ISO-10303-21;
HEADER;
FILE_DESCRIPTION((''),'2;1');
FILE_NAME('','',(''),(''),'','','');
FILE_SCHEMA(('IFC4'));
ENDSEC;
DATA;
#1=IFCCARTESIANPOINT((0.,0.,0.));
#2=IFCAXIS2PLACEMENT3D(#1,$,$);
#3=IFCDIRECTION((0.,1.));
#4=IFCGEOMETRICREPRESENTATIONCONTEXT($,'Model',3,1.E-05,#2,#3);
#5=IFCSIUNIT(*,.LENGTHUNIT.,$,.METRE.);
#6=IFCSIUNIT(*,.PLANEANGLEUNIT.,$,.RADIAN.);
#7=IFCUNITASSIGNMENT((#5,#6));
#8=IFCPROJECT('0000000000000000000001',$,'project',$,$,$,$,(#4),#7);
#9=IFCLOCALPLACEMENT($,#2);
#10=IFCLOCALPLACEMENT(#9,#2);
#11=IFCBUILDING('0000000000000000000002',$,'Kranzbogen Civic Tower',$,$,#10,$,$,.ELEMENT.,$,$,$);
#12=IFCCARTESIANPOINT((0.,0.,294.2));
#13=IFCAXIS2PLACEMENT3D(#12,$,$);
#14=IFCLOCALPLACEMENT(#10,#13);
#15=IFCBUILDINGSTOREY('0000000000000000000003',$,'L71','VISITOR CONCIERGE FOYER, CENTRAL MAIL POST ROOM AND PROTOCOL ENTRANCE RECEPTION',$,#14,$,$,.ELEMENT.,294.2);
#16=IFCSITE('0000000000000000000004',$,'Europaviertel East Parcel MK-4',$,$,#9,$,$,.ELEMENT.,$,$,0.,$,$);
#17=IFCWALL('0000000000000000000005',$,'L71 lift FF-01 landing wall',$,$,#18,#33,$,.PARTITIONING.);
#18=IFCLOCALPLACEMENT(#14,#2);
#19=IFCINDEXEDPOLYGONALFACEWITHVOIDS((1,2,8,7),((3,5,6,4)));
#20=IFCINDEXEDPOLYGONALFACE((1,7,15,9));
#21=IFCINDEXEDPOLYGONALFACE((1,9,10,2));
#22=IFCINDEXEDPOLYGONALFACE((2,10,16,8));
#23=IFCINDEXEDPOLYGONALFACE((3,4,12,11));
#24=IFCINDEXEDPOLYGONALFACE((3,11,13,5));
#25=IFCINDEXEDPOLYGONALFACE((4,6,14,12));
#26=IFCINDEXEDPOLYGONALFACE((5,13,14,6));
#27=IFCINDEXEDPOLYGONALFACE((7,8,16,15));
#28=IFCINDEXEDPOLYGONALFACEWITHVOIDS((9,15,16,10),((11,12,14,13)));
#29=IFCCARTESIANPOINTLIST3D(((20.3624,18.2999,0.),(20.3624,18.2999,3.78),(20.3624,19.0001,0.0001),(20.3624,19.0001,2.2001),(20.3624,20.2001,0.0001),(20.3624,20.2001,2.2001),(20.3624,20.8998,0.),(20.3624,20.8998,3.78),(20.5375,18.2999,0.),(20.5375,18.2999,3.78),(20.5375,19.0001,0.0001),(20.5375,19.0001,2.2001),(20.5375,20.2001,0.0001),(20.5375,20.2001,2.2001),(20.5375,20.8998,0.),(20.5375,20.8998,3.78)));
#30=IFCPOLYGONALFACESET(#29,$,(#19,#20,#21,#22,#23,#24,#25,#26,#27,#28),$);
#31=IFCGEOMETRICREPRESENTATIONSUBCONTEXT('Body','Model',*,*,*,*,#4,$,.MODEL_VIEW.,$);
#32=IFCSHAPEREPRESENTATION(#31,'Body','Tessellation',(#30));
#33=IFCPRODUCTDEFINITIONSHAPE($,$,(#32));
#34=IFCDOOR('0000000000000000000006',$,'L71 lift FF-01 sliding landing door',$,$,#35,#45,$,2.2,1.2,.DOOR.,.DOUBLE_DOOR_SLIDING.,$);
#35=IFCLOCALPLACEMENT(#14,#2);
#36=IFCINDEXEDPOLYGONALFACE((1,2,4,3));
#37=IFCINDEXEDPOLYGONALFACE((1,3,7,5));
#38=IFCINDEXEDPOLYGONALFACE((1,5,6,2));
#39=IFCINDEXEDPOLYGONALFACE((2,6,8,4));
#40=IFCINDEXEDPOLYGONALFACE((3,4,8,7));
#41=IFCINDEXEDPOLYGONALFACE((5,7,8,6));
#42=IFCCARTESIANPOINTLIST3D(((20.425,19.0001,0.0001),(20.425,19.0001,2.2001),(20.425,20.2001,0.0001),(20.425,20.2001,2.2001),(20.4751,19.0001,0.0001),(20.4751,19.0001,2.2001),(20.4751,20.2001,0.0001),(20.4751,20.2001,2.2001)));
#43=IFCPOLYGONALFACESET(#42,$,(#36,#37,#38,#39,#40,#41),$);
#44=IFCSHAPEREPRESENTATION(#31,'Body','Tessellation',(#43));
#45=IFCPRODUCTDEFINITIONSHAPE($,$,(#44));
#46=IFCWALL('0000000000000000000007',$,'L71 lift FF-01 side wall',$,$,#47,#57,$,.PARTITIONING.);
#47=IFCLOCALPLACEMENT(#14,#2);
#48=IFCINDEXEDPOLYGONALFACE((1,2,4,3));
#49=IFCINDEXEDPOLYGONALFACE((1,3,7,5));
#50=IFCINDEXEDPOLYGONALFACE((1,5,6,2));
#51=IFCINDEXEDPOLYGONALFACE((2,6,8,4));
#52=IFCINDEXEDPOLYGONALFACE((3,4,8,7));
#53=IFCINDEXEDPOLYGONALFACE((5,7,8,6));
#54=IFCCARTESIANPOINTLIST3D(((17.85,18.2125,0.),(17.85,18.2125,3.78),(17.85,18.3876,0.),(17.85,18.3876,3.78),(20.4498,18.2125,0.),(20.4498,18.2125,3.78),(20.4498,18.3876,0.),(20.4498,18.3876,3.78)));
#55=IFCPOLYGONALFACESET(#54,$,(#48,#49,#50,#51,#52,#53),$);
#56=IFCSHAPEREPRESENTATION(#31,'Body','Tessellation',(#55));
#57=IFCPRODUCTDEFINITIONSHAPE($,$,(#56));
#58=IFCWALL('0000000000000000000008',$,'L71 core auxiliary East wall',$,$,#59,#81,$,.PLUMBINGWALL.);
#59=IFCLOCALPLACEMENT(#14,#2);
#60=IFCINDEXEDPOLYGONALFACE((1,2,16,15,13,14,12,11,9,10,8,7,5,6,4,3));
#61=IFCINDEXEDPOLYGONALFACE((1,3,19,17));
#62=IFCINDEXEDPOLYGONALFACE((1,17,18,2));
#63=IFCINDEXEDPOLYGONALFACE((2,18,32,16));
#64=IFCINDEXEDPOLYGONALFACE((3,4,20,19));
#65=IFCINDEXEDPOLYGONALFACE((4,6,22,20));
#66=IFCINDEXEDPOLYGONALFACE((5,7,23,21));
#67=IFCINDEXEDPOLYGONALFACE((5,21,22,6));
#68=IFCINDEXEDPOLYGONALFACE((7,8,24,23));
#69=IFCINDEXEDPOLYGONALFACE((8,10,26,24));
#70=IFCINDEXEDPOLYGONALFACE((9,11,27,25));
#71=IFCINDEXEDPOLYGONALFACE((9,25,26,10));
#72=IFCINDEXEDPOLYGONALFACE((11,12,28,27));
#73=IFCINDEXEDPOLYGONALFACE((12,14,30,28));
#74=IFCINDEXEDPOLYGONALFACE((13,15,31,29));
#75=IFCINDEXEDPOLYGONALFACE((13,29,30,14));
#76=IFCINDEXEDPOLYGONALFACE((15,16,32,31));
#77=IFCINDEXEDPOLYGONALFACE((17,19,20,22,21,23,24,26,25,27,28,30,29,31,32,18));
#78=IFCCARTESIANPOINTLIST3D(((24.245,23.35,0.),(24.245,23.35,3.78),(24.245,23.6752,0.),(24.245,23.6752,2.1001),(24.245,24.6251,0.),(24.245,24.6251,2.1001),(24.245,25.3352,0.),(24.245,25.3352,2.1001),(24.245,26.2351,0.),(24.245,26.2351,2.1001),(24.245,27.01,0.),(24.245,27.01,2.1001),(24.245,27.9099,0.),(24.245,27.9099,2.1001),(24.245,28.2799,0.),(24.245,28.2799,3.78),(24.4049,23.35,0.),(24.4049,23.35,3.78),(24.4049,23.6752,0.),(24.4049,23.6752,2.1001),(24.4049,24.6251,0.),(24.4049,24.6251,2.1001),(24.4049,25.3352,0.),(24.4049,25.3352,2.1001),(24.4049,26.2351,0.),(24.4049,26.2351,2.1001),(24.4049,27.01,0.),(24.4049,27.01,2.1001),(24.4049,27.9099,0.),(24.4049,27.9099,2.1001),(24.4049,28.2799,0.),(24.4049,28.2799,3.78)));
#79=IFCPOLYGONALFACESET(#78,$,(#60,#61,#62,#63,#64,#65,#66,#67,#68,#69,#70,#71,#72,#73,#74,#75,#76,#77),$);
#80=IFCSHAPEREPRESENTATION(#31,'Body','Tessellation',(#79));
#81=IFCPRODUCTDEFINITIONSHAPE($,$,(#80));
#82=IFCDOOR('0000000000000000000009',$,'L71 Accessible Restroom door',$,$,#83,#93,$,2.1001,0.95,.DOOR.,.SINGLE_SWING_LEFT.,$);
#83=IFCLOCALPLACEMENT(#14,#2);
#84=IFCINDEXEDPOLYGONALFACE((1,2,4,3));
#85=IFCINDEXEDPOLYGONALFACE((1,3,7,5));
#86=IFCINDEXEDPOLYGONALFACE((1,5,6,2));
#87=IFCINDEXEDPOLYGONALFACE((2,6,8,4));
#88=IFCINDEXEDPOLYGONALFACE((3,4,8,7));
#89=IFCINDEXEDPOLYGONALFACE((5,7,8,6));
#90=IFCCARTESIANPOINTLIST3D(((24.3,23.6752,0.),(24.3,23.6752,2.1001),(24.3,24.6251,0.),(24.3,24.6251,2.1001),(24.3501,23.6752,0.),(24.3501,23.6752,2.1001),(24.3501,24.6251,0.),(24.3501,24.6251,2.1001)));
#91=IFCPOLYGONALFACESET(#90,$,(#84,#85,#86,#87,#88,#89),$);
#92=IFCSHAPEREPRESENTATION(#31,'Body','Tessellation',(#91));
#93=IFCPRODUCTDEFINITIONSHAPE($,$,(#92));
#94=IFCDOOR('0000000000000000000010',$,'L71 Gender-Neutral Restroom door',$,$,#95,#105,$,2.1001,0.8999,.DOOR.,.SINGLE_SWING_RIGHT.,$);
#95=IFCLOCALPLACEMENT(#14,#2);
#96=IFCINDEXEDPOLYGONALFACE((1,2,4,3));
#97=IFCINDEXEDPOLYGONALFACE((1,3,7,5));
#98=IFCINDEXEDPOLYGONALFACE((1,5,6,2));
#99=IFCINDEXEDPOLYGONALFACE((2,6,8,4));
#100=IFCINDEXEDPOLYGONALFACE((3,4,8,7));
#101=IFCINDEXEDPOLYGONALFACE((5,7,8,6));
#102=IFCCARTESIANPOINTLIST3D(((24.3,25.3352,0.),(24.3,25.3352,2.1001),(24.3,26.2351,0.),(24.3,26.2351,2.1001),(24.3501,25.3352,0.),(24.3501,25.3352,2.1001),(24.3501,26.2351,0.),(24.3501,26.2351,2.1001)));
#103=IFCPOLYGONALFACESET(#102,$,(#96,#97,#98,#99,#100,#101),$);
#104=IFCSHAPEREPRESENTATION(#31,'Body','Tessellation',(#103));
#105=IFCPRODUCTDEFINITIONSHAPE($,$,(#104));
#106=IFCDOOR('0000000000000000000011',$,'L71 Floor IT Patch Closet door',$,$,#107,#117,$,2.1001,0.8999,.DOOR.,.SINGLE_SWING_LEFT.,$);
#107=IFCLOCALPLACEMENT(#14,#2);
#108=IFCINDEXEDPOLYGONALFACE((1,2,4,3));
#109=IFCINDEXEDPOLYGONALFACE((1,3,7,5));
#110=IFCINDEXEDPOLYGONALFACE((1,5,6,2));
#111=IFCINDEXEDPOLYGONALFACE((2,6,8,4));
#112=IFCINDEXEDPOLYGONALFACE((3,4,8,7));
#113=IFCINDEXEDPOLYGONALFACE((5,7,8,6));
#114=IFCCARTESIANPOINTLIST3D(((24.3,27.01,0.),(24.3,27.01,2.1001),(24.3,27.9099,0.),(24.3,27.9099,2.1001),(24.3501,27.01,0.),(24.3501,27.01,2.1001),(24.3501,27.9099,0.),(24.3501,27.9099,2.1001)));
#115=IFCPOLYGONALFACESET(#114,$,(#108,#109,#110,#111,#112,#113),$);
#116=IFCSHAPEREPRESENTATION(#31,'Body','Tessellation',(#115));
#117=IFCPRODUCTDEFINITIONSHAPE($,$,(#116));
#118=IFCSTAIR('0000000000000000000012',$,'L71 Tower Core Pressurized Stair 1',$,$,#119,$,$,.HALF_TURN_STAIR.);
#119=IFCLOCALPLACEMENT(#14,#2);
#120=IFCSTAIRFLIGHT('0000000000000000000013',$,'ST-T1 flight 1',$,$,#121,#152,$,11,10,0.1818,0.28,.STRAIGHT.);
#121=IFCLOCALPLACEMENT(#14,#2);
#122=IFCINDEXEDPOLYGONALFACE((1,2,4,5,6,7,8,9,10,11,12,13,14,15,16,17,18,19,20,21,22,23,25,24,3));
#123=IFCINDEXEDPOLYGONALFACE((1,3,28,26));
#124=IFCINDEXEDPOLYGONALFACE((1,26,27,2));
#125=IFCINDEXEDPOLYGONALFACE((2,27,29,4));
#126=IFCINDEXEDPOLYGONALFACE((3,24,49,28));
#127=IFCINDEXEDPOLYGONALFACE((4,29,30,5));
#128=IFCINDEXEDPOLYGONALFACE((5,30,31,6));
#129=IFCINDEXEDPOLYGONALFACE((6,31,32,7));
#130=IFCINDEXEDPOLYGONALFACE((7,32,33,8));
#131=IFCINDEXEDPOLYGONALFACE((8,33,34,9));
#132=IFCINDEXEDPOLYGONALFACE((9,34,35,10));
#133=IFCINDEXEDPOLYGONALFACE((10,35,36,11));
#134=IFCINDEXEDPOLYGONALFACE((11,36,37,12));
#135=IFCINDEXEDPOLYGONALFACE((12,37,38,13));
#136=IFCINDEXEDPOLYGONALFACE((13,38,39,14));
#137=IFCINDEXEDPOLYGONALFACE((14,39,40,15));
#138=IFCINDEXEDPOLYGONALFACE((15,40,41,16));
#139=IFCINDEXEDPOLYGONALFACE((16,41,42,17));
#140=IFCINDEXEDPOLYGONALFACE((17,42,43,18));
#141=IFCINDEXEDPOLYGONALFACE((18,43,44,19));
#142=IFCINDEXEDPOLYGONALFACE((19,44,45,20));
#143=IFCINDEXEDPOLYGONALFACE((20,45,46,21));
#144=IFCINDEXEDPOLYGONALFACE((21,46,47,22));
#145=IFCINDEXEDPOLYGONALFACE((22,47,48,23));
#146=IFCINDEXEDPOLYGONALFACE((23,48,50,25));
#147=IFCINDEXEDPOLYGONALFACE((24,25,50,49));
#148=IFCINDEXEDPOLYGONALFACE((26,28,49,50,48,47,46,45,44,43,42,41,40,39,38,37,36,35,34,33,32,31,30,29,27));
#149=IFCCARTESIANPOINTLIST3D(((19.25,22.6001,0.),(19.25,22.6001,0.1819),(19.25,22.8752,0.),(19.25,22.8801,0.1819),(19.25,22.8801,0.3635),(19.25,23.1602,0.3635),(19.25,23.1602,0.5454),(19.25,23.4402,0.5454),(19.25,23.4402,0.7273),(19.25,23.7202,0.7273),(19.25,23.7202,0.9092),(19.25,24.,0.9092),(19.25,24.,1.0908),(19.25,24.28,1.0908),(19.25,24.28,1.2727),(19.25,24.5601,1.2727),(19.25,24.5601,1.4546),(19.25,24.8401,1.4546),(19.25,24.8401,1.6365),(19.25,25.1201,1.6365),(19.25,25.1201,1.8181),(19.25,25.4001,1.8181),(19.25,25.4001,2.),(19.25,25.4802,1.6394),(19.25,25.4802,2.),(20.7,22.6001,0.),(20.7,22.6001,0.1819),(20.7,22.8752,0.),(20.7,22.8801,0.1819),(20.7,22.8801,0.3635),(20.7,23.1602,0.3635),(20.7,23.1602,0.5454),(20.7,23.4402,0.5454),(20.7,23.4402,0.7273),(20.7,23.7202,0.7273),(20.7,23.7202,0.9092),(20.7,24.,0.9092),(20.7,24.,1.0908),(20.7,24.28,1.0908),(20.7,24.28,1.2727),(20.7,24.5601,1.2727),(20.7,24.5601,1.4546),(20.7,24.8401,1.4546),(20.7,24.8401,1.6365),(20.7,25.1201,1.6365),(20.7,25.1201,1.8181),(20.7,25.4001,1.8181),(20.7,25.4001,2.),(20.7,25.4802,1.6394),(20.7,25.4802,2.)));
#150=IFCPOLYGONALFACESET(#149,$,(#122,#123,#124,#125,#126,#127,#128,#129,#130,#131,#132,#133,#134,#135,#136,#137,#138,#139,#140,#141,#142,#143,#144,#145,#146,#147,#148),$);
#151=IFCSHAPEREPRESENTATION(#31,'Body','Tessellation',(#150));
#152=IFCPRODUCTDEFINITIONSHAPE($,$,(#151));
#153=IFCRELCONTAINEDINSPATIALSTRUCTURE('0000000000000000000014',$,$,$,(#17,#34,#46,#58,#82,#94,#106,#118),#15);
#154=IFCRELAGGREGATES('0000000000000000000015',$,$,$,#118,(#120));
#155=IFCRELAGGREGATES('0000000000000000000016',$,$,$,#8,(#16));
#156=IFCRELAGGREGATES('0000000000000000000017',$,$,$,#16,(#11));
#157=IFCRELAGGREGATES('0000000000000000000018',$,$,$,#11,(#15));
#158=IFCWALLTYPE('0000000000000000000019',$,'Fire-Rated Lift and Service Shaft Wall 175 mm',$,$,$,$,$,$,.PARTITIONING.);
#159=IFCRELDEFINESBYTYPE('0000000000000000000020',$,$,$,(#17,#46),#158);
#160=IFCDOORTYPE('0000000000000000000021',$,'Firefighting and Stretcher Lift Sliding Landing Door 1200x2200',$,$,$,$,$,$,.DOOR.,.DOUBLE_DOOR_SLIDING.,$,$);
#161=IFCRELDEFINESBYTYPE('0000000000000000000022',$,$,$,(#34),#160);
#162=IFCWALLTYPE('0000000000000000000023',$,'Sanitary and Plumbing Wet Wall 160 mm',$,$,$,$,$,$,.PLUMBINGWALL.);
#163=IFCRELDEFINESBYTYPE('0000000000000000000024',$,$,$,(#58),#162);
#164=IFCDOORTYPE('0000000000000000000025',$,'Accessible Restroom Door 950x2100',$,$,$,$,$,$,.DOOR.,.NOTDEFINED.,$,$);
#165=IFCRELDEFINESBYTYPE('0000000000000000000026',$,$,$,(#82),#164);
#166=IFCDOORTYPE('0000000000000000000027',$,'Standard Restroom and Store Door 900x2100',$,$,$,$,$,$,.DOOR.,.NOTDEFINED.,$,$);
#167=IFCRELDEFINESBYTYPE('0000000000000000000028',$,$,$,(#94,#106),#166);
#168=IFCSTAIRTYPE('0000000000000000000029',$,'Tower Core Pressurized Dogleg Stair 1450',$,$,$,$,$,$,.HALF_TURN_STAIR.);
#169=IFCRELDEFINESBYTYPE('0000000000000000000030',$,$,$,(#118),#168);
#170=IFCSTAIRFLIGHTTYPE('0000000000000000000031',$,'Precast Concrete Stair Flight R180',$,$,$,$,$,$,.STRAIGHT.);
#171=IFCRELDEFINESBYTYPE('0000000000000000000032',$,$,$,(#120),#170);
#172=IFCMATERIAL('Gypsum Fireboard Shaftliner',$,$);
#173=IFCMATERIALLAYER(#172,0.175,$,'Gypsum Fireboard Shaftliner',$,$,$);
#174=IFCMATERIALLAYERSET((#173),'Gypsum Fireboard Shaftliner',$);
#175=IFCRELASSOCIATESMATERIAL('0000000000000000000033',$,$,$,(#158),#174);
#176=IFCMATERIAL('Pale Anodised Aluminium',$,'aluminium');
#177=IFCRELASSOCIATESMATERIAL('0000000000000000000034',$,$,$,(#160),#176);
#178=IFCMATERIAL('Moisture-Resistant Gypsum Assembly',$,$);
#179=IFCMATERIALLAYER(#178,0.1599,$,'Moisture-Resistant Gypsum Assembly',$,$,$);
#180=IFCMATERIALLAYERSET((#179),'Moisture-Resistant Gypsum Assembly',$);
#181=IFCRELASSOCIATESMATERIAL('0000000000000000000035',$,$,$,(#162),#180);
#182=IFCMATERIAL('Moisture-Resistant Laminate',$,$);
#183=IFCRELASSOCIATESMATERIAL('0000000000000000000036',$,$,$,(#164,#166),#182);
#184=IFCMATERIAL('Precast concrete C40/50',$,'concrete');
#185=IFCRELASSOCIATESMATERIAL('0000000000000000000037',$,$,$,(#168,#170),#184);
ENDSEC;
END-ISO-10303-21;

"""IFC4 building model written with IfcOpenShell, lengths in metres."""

from ifc_helpers import new_model, si_unit, direction, frame, frame_2d, origin, place, context, subcontext, project, spatial, polyline, rectangle, outline, extrude, material, layer, layer_set, type_object, element, fill, aggregate, save


model = new_model("IFC4")

# Units and contexts
model_context = context("Model", 3, precision=1e-05, world=origin(), true_north=direction((0.0, 1.0)))
body_context = subcontext(model_context, "Body", "Model", "MODEL_VIEW")
ifc_project = project(units=[si_unit("LENGTHUNIT", "METRE"), si_unit("PLANEANGLEUNIT", "RADIAN")], contexts=[model_context])

# Site, building, storey
site_placement = place(None, origin())
site = spatial("IfcSite", under=ifc_project, at=site_placement, Name="Europaviertel East Parcel MK-4", CompositionType="ELEMENT", RefElevation=0.0)
building_placement = place(site_placement, origin())
building = spatial("IfcBuilding", under=site, at=building_placement, Name="Kranzbogen Civic Tower", CompositionType="ELEMENT")
storey_placement = place(building_placement, frame((0.0, 0.0, 294.2)))
storey = spatial("IfcBuildingStorey", under=building, at=storey_placement, Name="L71", Description="VISITOR CONCIERGE FOYER, CENTRAL MAIL POST ROOM AND PROTOCOL ENTRANCE RECEPTION", CompositionType="ELEMENT", Elevation=294.2)

# Shared definitions
ifc_material_1 = material(Name="Gypsum Fireboard Shaftliner")
ifc_layer_1 = layer(ifc_material_1, 0.175, Name="Gypsum Fireboard Shaftliner")
ifc_layer_set_1 = layer_set([ifc_layer_1], Name="Gypsum Fireboard Shaftliner")
wall_type_1 = type_object("IfcWallType", Name="Fire-Rated Lift and Service Shaft Wall 175 mm", PredefinedType="PARTITIONING", material=ifc_layer_set_1)
ifc_material_2 = material(Name="Pale Anodised Aluminium", Category="aluminium")

# Wall, opening, door
wall_1_placement = place(storey_placement, frame((20.45, 18.3, 0.0), z_axis=(0.0, 0.0, 1.0), x_axis=(0.0, 1.0, 0.0)))
wall_1 = element("IfcWall", 1, at=wall_1_placement, inside=storey, type_object=wall_type_1, Name="L71 lift FF-01 landing wall", PredefinedType="PARTITIONING", context=body_context, shape_type="SweptSolid", body=[
    extrude(rectangle(XDim=2.5999, YDim=0.175, at=frame_2d((1.2998, 0.0))), origin(), (0.0, 0.0, 1.0), 3.78),
])
opening_1_placement = place(wall_1_placement, frame((0.7, 0.0, 0.0)))
opening_1 = element("IfcOpeningElement", 2, at=opening_1_placement, cuts=wall_1, PredefinedType="OPENING", context=body_context, shape_type="SweptSolid", body=[
    extrude(rectangle(XDim=1.2, YDim=2.2, at=frame_2d((0.6001, 1.1001))), frame((0.0, 0.0977, 0.0), z_axis=(0.0, -1.0, 0.0), x_axis=(1.0, 0.0, 0.0)), (0.0, 0.0, 1.0), 0.1951),
])
door_type_1 = type_object("IfcDoorType", Name="Firefighting and Stretcher Lift Sliding Landing Door 1200x2200", OperationType="DOUBLE_DOOR_SLIDING", PredefinedType="DOOR", material=ifc_material_2)
door_1_placement = place(opening_1_placement, origin())
door_1 = element("IfcDoor", 3, at=door_1_placement, inside=storey, type_object=door_type_1, Name="L71 lift FF-01 sliding landing door", OperationType="DOUBLE_DOOR_SLIDING", OverallHeight=2.2, OverallWidth=1.2, PredefinedType="DOOR", context=body_context, shape_type="SweptSolid", body=[
    extrude(rectangle(XDim=1.2, YDim=2.2, at=frame_2d((0.6001, 1.1001))), frame((0.0, 0.0249, 0.0), z_axis=(0.0, -1.0, 0.0), x_axis=(1.0, 0.0, 0.0)), (0.0, 0.0, 1.0), 0.05),
])
fill(opening_1, door_1)

# Wall
wall_2_placement = place(storey_placement, frame((17.8501, 18.3, 0.0), z_axis=(0.0, 0.0, 1.0), x_axis=(1.0, 0.0, 0.0)))
element("IfcWall", 4, at=wall_2_placement, inside=storey, type_object=wall_type_1, Name="L71 lift FF-01 side wall", PredefinedType="PARTITIONING", context=body_context, shape_type="SweptSolid", body=[
    extrude(rectangle(XDim=2.5999, YDim=0.175, at=frame_2d((1.2998, 0.0))), origin(), (0.0, 0.0, 1.0), 3.78),
])

# Wall, openings, doors
ifc_material_3 = material(Name="Moisture-Resistant Gypsum Assembly")
ifc_layer_2 = layer(ifc_material_3, 0.1599, Name="Moisture-Resistant Gypsum Assembly")
ifc_layer_set_2 = layer_set([ifc_layer_2], Name="Moisture-Resistant Gypsum Assembly")
wall_type_2 = type_object("IfcWallType", Name="Sanitary and Plumbing Wet Wall 160 mm", PredefinedType="PLUMBINGWALL", material=ifc_layer_set_2)
wall_3_placement = place(storey_placement, frame((24.325, 23.3501, 0.0), z_axis=(0.0, 0.0, 1.0), x_axis=(0.0, 1.0, 0.0)))
wall_3 = element("IfcWall", 5, at=wall_3_placement, inside=storey, type_object=wall_type_2, Name="L71 core auxiliary East wall", PredefinedType="PLUMBINGWALL", context=body_context, shape_type="SweptSolid", body=[
    extrude(rectangle(XDim=4.9299, YDim=0.1599, at=frame_2d((2.4648, 0.0))), origin(), (0.0, 0.0, 1.0), 3.78),
])
opening_2_placement = place(wall_3_placement, frame((0.325, 0.0, 0.0)))
opening_2 = element("IfcOpeningElement", 6, at=opening_2_placement, cuts=wall_3, PredefinedType="OPENING", context=body_context, shape_type="SweptSolid", body=[
    extrude(rectangle(XDim=0.95, YDim=2.1001, at=frame_2d((0.4751, 1.05))), frame((0.0, 0.0898, 0.0), z_axis=(0.0, -1.0, 0.0), x_axis=(1.0, 0.0, 0.0)), (0.0, 0.0, 1.0), 0.1799),
])
opening_3_placement = place(wall_3_placement, frame((1.9851, 0.0, 0.0)))
opening_3 = element("IfcOpeningElement", 7, at=opening_3_placement, cuts=wall_3, PredefinedType="OPENING", context=body_context, shape_type="SweptSolid", body=[
    extrude(rectangle(XDim=0.8999, YDim=2.1001, at=frame_2d((0.45, 1.05))), frame((0.0, 0.0898, 0.0), z_axis=(0.0, -1.0, 0.0), x_axis=(1.0, 0.0, 0.0)), (0.0, 0.0, 1.0), 0.1799),
])
opening_4_placement = place(wall_3_placement, frame((3.6599, 0.0, 0.0)))
opening_4 = element("IfcOpeningElement", 8, at=opening_4_placement, cuts=wall_3, PredefinedType="OPENING", context=body_context, shape_type="SweptSolid", body=[
    extrude(rectangle(XDim=0.8999, YDim=2.1001, at=frame_2d((0.45, 1.05))), frame((0.0, 0.0898, 0.0), z_axis=(0.0, -1.0, 0.0), x_axis=(1.0, 0.0, 0.0)), (0.0, 0.0, 1.0), 0.1799),
])
ifc_material_4 = material(Name="Moisture-Resistant Laminate")
door_type_2 = type_object("IfcDoorType", Name="Accessible Restroom Door 950x2100", OperationType="NOTDEFINED", PredefinedType="DOOR", material=ifc_material_4)
door_2_placement = place(opening_2_placement, origin())
door_2 = element("IfcDoor", 9, at=door_2_placement, inside=storey, type_object=door_type_2, Name="L71 Accessible Restroom door", OperationType="SINGLE_SWING_LEFT", OverallHeight=2.1001, OverallWidth=0.95, PredefinedType="DOOR", context=body_context, shape_type="SweptSolid", body=[
    extrude(rectangle(XDim=0.95, YDim=2.1001, at=frame_2d((0.4751, 1.05))), frame((0.0, 0.0249, 0.0), z_axis=(0.0, -1.0, 0.0), x_axis=(1.0, 0.0, 0.0)), (0.0, 0.0, 1.0), 0.05),
])
fill(opening_2, door_2)
door_type_3 = type_object("IfcDoorType", Name="Standard Restroom and Store Door 900x2100", OperationType="NOTDEFINED", PredefinedType="DOOR", material=ifc_material_4)
door_3_placement = place(opening_3_placement, origin())
door_3 = element("IfcDoor", 10, at=door_3_placement, inside=storey, type_object=door_type_3, Name="L71 Gender-Neutral Restroom door", OperationType="SINGLE_SWING_RIGHT", OverallHeight=2.1001, OverallWidth=0.8999, PredefinedType="DOOR", context=body_context, shape_type="SweptSolid", body=[
    extrude(rectangle(XDim=0.8999, YDim=2.1001, at=frame_2d((0.45, 1.05))), frame((0.0, 0.0249, 0.0), z_axis=(0.0, -1.0, 0.0), x_axis=(1.0, 0.0, 0.0)), (0.0, 0.0, 1.0), 0.05),
])
fill(opening_3, door_3)
door_4_placement = place(opening_4_placement, origin())
door_4 = element("IfcDoor", 11, at=door_4_placement, inside=storey, type_object=door_type_3, Name="L71 Floor IT Patch Closet door", OperationType="SINGLE_SWING_LEFT", OverallHeight=2.1001, OverallWidth=0.8999, PredefinedType="DOOR", context=body_context, shape_type="SweptSolid", body=[
    extrude(rectangle(XDim=0.8999, YDim=2.1001, at=frame_2d((0.45, 1.05))), frame((0.0, 0.0249, 0.0), z_axis=(0.0, -1.0, 0.0), x_axis=(1.0, 0.0, 0.0)), (0.0, 0.0, 1.0), 0.05),
])
fill(opening_4, door_4)

# Stair, stair flight
ifc_material_5 = material(Name="Precast concrete C40/50", Category="concrete")
stair_type = type_object("IfcStairType", Name="Tower Core Pressurized Dogleg Stair 1450", PredefinedType="HALF_TURN_STAIR", material=ifc_material_5)
stair_placement = place(storey_placement, origin())
stair = element("IfcStair", 12, at=stair_placement, inside=storey, type_object=stair_type, Name="L71 Tower Core Pressurized Stair 1", PredefinedType="HALF_TURN_STAIR")
stair_flight_type = type_object("IfcStairFlightType", Name="Precast Concrete Stair Flight R180", PredefinedType="STRAIGHT", material=ifc_material_5)
stair_flight_placement = place(storey_placement, frame((19.9751, 22.6001, 0.0), z_axis=(0.0, 0.0, 1.0), x_axis=(0.0, 1.0, 0.0)))
stair_flight = element("IfcStairFlight", 13, at=stair_flight_placement, type_object=stair_flight_type, Name="ST-T1 flight 1", NumberOfRisers=11, NumberOfTreads=10, PredefinedType="STRAIGHT", RiserHeight=0.1818, TreadLength=0.28, context=body_context, shape_type="SweptSolid", body=[
    extrude(outline(polyline([(0.0, 0.0), (0.0, 0.1819), (0.28, 0.1819), (0.28, 0.3635), (0.5601, 0.3635), (0.5601, 0.5454), (0.8401, 0.5454), (0.8401, 0.7273), (1.1201, 0.7273), (1.1201, 0.9092), (1.3999, 0.9092), (1.3999, 1.0908), (1.6799, 1.0908), (1.6799, 1.2727), (1.96, 1.2727), (1.96, 1.4546), (2.24, 1.4546), (2.24, 1.6365), (2.52, 1.6365), (2.52, 1.8181), (2.8, 1.8181), (2.8, 2.0), (2.8801, 2.0), (2.8801, 1.6394), (0.2751, 0.0), (0.0, 0.0)])), frame((0.0, 0.7251, 0.0), z_axis=(0.0, -1.0, 0.0), x_axis=(1.0, 0.0, 0.0)), (0.0, 0.0, 1.0), 1.45),
])
aggregate(stair, [stair_flight])

save(model, "model.ifc")
